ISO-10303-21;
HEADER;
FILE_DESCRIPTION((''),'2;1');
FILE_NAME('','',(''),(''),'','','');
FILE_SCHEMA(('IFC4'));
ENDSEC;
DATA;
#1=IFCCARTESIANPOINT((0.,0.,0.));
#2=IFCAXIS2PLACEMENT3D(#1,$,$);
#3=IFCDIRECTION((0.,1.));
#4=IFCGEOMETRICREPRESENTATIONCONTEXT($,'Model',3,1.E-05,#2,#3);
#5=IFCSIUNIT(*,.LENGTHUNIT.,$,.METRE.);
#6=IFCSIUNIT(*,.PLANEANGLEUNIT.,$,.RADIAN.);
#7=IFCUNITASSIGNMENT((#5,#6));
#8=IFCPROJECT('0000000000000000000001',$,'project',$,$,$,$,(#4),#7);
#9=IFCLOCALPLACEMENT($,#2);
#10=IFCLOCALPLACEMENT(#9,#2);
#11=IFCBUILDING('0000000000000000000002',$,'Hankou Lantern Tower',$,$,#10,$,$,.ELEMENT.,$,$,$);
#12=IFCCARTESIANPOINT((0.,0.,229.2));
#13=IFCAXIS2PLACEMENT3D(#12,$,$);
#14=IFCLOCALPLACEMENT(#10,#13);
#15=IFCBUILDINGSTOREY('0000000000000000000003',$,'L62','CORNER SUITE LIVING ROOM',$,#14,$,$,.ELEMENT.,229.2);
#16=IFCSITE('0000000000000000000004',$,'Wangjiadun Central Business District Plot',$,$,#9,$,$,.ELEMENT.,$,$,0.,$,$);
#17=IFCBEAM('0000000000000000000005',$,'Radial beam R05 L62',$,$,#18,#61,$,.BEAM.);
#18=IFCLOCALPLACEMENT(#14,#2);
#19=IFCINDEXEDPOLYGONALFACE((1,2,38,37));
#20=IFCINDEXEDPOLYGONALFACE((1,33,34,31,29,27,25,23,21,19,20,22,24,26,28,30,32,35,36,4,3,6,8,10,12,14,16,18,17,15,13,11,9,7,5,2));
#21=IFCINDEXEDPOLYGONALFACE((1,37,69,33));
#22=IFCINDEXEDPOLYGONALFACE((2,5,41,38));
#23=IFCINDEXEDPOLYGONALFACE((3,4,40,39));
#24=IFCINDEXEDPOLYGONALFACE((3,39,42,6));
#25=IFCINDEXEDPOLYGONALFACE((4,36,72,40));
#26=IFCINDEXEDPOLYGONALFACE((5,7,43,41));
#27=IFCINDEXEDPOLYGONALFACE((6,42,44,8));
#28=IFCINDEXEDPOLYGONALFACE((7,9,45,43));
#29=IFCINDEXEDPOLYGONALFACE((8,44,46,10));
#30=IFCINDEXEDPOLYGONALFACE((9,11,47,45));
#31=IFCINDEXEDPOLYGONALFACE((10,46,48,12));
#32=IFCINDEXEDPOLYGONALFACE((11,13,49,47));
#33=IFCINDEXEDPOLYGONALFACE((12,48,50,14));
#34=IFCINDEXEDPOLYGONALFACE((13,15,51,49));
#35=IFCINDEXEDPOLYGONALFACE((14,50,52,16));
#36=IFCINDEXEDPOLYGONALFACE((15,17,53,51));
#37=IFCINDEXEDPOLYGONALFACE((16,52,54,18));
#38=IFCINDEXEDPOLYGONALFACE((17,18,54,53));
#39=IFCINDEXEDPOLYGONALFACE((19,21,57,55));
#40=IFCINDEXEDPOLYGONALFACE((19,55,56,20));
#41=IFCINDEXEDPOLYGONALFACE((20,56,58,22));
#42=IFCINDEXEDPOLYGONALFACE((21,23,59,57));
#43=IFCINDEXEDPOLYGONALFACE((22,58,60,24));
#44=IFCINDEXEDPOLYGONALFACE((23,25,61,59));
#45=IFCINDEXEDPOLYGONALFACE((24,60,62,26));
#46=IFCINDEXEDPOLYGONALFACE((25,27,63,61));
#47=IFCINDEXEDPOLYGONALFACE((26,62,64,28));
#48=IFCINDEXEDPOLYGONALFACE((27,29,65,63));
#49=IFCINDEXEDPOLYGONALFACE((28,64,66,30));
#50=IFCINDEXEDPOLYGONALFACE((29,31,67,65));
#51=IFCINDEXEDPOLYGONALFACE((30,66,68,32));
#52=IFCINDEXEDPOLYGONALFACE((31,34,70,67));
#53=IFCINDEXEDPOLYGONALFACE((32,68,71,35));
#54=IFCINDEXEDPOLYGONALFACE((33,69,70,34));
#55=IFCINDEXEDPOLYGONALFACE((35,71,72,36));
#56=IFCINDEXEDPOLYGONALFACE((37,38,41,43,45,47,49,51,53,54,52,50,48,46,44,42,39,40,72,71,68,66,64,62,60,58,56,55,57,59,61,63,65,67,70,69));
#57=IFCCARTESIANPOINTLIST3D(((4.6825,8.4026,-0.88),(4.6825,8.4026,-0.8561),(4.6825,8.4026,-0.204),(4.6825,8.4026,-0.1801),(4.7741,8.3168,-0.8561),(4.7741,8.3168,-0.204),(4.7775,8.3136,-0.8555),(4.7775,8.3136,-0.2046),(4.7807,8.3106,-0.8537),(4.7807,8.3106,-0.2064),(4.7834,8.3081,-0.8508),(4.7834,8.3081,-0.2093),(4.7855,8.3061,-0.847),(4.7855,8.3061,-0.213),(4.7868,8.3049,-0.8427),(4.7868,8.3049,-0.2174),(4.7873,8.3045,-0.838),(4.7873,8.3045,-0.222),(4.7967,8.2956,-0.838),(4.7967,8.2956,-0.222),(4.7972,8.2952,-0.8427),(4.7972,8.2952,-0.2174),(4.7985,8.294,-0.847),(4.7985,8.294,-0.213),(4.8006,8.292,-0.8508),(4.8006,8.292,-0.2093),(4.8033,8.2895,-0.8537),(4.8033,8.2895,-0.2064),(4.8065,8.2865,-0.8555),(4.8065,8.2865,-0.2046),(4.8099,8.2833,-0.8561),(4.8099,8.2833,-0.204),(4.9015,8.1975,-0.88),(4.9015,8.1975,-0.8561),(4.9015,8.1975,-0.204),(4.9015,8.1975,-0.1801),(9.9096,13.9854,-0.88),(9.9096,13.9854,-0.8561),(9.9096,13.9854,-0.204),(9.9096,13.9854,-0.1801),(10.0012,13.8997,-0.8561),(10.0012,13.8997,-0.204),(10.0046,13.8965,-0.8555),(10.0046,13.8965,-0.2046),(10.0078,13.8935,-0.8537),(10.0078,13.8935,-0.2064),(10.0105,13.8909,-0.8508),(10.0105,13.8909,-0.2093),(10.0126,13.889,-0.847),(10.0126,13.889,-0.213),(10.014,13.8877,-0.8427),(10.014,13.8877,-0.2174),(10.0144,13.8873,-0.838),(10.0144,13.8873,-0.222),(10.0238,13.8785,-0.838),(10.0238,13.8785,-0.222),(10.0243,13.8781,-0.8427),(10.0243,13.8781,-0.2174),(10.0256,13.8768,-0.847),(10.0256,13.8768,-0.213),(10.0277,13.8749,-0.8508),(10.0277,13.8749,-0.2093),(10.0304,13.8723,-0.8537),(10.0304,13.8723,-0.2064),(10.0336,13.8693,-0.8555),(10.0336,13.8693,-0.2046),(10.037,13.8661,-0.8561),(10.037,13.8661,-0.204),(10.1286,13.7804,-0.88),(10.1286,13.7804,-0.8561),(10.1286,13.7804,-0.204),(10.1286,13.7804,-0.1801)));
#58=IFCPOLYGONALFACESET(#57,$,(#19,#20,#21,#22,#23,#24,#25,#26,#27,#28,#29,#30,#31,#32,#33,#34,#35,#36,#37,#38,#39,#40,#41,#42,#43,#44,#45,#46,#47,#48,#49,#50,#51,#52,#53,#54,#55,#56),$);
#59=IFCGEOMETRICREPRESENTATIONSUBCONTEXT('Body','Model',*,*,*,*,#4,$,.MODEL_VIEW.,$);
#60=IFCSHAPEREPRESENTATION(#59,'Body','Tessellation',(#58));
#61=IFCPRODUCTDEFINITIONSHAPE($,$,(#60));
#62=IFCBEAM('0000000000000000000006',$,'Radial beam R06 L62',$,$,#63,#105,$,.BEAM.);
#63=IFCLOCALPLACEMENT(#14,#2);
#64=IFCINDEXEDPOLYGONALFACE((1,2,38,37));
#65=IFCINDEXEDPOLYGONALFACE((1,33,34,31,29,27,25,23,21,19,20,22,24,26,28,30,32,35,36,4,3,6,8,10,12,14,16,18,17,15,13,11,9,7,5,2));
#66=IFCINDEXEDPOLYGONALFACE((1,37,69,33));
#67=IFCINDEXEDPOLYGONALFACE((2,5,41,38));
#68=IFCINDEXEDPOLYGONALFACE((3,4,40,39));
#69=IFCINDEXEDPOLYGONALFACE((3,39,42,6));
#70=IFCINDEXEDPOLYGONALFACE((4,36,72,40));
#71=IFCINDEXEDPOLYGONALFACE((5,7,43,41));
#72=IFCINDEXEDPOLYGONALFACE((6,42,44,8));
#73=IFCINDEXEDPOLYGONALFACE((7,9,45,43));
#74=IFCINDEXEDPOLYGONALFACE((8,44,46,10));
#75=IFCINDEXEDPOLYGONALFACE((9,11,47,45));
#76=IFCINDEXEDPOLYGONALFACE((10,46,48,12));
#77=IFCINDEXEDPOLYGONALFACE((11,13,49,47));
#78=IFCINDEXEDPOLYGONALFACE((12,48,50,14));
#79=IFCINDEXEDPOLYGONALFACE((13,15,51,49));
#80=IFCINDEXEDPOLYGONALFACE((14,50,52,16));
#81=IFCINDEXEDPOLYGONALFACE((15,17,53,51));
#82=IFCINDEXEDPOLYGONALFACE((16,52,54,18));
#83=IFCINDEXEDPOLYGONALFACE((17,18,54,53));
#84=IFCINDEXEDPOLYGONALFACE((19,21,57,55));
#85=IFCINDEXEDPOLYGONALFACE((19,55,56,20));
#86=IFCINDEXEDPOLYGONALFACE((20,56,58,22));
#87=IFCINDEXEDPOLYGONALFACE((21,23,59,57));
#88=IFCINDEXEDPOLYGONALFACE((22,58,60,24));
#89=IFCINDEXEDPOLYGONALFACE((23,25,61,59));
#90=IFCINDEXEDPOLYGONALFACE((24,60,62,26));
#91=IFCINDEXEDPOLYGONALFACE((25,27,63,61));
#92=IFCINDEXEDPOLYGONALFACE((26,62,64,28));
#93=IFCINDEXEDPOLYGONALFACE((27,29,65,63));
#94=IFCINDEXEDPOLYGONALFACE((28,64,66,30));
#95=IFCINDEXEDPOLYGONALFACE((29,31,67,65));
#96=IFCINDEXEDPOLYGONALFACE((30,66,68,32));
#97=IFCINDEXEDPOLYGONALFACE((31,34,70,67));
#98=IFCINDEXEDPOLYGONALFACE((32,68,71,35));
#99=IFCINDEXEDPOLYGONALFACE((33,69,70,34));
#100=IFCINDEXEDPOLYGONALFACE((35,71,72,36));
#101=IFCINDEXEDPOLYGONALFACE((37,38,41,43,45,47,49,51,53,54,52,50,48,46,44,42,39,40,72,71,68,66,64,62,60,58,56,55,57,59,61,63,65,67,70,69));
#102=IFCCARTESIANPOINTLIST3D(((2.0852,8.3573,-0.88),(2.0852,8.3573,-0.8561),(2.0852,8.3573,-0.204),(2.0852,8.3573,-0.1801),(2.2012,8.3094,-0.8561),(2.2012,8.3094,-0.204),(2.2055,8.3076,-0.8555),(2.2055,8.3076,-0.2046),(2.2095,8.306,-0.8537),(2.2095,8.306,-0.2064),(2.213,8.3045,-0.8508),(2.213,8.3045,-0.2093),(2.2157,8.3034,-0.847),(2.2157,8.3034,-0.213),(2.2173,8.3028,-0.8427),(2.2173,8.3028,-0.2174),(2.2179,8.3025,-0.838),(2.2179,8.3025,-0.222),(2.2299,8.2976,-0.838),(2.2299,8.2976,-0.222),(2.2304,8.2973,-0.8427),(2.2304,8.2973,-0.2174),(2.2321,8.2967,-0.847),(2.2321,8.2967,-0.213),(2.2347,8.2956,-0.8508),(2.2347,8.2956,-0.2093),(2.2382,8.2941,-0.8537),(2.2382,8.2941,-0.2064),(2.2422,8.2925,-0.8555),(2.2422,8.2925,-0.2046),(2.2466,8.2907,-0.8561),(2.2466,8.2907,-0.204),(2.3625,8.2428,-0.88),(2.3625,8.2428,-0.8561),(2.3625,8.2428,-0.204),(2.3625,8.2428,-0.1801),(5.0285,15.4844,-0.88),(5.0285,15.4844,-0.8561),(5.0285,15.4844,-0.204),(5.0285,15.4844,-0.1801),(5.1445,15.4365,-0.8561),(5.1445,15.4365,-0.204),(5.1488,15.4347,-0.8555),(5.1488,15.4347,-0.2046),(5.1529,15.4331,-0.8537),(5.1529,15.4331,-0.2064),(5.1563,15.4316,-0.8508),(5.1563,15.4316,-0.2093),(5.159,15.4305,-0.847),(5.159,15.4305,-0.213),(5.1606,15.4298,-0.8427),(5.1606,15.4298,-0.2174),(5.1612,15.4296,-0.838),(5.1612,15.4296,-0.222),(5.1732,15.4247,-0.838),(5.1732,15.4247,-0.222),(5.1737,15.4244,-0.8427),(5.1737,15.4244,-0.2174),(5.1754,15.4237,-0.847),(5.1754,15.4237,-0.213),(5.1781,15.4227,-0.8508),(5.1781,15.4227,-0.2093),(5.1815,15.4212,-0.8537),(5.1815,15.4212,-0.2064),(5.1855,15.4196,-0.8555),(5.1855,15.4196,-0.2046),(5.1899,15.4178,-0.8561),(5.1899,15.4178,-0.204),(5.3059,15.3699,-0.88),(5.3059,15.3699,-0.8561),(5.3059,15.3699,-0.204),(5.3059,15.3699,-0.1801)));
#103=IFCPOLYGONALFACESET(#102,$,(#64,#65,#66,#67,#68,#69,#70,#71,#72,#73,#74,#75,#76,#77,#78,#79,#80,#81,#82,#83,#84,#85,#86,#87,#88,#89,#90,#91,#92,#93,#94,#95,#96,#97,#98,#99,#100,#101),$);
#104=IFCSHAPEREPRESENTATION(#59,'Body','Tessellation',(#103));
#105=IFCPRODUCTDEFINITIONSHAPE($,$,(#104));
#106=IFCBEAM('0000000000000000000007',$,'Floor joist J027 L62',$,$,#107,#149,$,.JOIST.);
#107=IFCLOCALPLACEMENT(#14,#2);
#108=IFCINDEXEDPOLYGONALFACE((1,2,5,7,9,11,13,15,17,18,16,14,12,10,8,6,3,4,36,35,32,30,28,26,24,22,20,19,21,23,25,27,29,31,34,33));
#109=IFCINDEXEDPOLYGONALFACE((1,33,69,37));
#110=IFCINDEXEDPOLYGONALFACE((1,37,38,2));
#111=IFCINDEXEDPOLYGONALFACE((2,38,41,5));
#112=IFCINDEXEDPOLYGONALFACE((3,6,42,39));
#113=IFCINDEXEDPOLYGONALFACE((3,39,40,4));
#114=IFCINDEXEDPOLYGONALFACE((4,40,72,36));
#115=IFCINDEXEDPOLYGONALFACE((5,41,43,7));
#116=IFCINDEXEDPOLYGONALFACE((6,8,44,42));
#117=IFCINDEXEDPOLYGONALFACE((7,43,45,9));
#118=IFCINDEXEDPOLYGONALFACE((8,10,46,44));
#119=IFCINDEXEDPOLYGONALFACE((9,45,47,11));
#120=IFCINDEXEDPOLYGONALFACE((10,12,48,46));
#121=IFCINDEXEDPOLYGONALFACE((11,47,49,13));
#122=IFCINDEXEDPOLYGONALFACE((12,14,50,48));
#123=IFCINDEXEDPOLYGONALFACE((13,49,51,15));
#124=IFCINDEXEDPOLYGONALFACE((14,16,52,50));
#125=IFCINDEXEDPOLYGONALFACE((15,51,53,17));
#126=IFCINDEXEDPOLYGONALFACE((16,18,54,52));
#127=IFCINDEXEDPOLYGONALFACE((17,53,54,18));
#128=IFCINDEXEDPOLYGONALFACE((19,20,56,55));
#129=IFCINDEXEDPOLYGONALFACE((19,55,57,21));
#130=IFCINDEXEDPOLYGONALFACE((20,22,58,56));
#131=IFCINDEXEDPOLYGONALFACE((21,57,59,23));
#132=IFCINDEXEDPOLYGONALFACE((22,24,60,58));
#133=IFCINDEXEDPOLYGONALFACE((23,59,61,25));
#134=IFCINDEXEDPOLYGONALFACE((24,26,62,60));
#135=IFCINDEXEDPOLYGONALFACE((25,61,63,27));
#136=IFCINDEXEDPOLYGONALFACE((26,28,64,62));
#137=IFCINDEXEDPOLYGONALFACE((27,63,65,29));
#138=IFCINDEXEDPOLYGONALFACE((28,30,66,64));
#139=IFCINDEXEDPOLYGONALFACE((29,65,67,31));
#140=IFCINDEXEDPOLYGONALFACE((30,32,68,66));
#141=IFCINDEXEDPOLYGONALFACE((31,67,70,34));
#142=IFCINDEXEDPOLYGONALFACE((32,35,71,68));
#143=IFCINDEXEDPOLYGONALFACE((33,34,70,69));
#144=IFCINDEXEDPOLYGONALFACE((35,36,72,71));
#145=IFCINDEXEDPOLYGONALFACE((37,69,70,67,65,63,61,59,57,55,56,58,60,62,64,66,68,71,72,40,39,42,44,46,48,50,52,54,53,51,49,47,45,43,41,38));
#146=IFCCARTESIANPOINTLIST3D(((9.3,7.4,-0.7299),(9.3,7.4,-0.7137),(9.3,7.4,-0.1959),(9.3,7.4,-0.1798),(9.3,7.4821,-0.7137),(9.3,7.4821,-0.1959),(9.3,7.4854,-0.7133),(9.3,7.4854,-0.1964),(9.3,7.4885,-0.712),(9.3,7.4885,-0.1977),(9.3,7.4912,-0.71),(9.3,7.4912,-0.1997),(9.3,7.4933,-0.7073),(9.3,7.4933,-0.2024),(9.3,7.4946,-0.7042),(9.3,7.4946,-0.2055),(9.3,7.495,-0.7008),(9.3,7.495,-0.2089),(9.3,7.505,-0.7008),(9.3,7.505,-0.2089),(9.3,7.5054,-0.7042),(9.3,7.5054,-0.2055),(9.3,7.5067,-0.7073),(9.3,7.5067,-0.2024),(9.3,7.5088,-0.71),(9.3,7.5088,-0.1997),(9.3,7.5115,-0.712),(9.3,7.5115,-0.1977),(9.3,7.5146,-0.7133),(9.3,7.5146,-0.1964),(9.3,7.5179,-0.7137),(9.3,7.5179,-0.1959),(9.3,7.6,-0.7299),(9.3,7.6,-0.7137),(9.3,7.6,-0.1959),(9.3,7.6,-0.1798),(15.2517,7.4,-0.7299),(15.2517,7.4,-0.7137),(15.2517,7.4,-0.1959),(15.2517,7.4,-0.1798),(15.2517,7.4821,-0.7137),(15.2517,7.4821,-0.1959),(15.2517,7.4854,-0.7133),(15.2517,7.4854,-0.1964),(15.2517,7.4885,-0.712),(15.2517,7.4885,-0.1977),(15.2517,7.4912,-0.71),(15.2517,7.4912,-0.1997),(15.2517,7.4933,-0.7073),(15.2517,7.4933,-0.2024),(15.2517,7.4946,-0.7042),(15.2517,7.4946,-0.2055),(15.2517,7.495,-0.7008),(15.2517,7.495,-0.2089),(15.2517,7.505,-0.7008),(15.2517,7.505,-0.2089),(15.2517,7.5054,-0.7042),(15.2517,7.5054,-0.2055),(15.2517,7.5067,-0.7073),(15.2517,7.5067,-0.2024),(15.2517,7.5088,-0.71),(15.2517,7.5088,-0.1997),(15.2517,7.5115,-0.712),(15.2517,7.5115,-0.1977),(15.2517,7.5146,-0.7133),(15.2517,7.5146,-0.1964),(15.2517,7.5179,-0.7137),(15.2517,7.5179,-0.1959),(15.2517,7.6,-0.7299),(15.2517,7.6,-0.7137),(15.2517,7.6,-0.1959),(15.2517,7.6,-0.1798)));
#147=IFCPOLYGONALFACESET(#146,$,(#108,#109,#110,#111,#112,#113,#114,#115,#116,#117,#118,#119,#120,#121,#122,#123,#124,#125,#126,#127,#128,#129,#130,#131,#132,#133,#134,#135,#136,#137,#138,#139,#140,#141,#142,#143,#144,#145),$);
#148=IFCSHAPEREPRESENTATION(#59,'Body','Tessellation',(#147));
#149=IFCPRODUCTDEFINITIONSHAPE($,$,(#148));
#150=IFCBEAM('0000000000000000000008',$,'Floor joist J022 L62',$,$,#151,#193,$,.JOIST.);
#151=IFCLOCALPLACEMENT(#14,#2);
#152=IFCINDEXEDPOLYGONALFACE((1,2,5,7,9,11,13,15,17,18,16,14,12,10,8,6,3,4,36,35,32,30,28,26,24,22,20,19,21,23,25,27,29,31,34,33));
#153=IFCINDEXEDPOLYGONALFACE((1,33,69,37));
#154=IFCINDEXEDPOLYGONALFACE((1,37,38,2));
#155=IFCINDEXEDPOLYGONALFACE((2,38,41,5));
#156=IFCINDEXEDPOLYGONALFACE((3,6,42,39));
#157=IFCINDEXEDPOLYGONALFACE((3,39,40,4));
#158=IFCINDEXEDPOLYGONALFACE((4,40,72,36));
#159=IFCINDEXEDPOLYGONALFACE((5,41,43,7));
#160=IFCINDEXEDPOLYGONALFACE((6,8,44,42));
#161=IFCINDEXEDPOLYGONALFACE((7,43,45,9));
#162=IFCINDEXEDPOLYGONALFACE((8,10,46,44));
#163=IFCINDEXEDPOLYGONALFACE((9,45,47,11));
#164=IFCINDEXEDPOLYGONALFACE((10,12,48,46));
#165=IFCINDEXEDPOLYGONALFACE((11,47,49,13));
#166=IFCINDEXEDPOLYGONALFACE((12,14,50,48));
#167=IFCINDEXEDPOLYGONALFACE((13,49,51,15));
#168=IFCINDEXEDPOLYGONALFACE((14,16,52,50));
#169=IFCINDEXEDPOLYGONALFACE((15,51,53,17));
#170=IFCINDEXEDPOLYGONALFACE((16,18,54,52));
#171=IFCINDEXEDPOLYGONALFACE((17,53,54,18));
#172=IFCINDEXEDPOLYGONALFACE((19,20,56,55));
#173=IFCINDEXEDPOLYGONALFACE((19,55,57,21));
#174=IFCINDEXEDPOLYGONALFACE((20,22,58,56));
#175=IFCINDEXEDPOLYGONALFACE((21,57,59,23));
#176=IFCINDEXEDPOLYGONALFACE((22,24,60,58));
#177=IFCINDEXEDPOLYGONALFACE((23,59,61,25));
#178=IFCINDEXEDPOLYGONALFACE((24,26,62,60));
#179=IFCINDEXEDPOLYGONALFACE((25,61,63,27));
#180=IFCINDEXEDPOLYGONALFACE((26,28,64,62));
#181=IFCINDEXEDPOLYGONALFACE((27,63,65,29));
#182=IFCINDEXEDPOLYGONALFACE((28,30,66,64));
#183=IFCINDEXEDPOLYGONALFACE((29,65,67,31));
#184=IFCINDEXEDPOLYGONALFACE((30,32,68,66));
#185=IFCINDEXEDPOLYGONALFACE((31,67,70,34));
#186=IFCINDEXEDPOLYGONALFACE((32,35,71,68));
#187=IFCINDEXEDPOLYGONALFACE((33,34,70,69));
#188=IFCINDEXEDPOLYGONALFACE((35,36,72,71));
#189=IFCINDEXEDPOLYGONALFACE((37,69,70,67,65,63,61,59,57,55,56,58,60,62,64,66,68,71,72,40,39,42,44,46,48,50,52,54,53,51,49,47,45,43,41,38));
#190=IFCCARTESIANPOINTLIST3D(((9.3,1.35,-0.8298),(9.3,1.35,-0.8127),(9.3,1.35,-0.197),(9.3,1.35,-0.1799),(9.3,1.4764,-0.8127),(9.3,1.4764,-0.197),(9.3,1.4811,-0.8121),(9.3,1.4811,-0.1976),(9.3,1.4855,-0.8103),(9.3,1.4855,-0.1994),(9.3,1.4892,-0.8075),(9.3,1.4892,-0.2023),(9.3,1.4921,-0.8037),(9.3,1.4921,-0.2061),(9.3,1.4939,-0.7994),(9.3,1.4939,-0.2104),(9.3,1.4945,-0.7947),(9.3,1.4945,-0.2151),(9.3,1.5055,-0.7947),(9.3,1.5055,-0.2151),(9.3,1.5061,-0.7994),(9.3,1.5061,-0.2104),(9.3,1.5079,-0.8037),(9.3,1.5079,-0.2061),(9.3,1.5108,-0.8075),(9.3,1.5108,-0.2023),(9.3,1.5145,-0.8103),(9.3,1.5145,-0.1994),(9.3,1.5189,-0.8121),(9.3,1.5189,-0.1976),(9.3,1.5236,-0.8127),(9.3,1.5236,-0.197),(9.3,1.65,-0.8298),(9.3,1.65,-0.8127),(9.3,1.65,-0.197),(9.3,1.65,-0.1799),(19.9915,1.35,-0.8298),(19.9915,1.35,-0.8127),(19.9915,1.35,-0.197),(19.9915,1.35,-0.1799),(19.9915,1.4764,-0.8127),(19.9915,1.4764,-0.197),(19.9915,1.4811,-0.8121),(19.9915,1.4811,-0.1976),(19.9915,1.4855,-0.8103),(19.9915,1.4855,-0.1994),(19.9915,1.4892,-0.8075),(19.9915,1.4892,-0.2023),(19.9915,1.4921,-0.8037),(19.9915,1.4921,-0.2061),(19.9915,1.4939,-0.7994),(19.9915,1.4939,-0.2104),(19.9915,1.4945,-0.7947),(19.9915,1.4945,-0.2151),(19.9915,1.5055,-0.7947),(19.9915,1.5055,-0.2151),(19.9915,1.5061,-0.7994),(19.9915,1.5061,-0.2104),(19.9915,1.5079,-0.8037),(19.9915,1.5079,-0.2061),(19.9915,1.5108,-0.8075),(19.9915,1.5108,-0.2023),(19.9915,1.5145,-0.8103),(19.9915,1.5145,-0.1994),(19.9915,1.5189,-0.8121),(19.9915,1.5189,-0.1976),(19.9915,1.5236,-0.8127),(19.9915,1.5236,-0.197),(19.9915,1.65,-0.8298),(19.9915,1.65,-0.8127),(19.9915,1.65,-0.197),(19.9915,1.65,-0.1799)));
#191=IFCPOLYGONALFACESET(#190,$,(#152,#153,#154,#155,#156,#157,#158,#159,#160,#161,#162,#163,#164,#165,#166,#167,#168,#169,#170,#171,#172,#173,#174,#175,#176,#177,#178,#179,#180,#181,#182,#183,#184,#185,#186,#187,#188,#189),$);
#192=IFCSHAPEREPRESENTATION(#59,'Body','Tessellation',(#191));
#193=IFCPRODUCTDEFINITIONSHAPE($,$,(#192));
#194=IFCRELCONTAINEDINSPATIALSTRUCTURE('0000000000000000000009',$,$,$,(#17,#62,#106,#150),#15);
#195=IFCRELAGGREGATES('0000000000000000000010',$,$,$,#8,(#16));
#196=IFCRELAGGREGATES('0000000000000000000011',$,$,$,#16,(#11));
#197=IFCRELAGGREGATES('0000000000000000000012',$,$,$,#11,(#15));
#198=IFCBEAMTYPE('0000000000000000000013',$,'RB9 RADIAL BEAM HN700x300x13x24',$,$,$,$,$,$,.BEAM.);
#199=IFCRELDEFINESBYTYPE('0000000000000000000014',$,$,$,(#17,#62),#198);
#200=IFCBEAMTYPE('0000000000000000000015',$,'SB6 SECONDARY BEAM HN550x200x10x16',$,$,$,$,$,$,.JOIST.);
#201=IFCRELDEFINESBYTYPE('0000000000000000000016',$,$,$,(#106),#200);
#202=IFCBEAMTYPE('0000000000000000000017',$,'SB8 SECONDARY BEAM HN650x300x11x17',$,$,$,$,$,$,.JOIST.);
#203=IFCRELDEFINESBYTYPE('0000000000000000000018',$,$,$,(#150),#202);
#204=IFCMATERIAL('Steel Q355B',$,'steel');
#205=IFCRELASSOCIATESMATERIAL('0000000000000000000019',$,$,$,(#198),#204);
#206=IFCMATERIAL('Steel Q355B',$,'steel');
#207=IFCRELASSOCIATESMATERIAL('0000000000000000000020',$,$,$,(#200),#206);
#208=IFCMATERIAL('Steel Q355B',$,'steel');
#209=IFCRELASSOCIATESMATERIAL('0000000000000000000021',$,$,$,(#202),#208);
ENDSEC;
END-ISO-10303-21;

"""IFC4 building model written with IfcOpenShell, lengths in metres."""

from ifc_helpers import new_model, si_unit, direction, frame, origin, origin_2d, place, context, subcontext, project, spatial, i_section, extrude, material, material_profile, profile_set, type_object, element, save


model = new_model("IFC4")

# Units and contexts
model_context = context("Model", 3, precision=1e-05, world=origin(), true_north=direction((0.0, 1.0)))
body_context = subcontext(model_context, "Body", "Model", "MODEL_VIEW")
ifc_project = project(units=[si_unit("LENGTHUNIT", "METRE"), si_unit("PLANEANGLEUNIT", "RADIAN")], contexts=[model_context])

# Site, building, storey
site_placement = place(None, origin())
site = spatial("IfcSite", under=ifc_project, at=site_placement, Name="Wangjiadun Central Business District Plot", CompositionType="ELEMENT", RefElevation=0.0)
building_placement = place(site_placement, origin())
building = spatial("IfcBuilding", under=site, at=building_placement, Name="Hankou Lantern Tower", CompositionType="ELEMENT")
storey_placement = place(building_placement, frame((0.0, 0.0, 229.2)))
storey = spatial("IfcBuildingStorey", under=building, at=storey_placement, Name="L62", Description="CORNER SUITE LIVING ROOM", CompositionType="ELEMENT", Elevation=229.2)

# Beams
ifc_material_1 = material(Name="Steel Q355B", Category="steel")
ifc_material_profile_1 = material_profile(ifc_material_1, i_section(OverallWidth=0.3, OverallDepth=0.7, WebThickness=0.0129, FlangeThickness=0.0239, FilletRadius=0.0181, at=origin_2d()), Name="HN700x300x13x24")
ifc_profile_set_1 = profile_set([ifc_material_profile_1], Name="Steel Q355B")
beam_type_1 = type_object("IfcBeamType", Name="RB9 RADIAL BEAM HN700x300x13x24", PredefinedType="BEAM", material=ifc_profile_set_1)
beam_1_placement = place(storey_placement, frame((4.792, 8.3, -0.53), z_axis=(0.683468, 0.72998, 0.0), x_axis=(-0.72998, 0.683468, 0.0)))
element("IfcBeam", 1, at=beam_1_placement, inside=storey, type_object=beam_type_1, Name="Radial beam R05 L62", PredefinedType="BEAM", context=body_context, shape_type="SweptSolid", body=[
    extrude(i_section(OverallWidth=0.3, OverallDepth=0.7, WebThickness=0.0129, FlangeThickness=0.0239, FilletRadius=0.0181, at=origin_2d()), origin(), (0.0, 0.0, 1.0), 7.6479),
])
beam_2_placement = place(storey_placement, frame((2.2239, 8.3, -0.53), z_axis=(0.381707, 0.924284, 0.0), x_axis=(-0.924284, 0.381707, 0.0)))
element("IfcBeam", 2, at=beam_2_placement, inside=storey, type_object=beam_type_1, Name="Radial beam R06 L62", PredefinedType="BEAM", context=body_context, shape_type="SweptSolid", body=[
    extrude(i_section(OverallWidth=0.3, OverallDepth=0.7, WebThickness=0.0129, FlangeThickness=0.0239, FilletRadius=0.0181, at=origin_2d()), origin(), (0.0, 0.0, 1.0), 7.7109),
])
ifc_material_2 = material(Name="Steel Q355B", Category="steel")
ifc_material_profile_2 = material_profile(ifc_material_2, i_section(OverallWidth=0.2, OverallDepth=0.55, WebThickness=0.01, FlangeThickness=0.0161, FilletRadius=0.0129, at=origin_2d()), Name="HN550x200x10x16")
ifc_profile_set_2 = profile_set([ifc_material_profile_2], Name="Steel Q355B")
beam_type_2 = type_object("IfcBeamType", Name="SB6 SECONDARY BEAM HN550x200x10x16", PredefinedType="JOIST", material=ifc_profile_set_2)
beam_3_placement = place(storey_placement, frame((9.3, 7.5, -0.4548), z_axis=(1.0, 0.0, 0.0), x_axis=(0.0, 1.0, 0.0)))
element("IfcBeam", 3, at=beam_3_placement, inside=storey, type_object=beam_type_2, Name="Floor joist J027 L62", PredefinedType="JOIST", context=body_context, shape_type="SweptSolid", body=[
    extrude(i_section(OverallWidth=0.2, OverallDepth=0.55, WebThickness=0.01, FlangeThickness=0.0161, FilletRadius=0.0129, at=origin_2d()), origin(), (0.0, 0.0, 1.0), 5.9517),
])
ifc_material_3 = material(Name="Steel Q355B", Category="steel")
ifc_material_profile_3 = material_profile(ifc_material_3, i_section(OverallWidth=0.3, OverallDepth=0.6499, WebThickness=0.011, FlangeThickness=0.0171, FilletRadius=0.0181, at=origin_2d()), Name="HN650x300x11x17")
ifc_profile_set_3 = profile_set([ifc_material_profile_3], Name="Steel Q355B")
beam_type_3 = type_object("IfcBeamType", Name="SB8 SECONDARY BEAM HN650x300x11x17", PredefinedType="JOIST", material=ifc_profile_set_3)
beam_4_placement = place(storey_placement, frame((9.3, 1.5, -0.5049), z_axis=(1.0, 0.0, 0.0), x_axis=(0.0, 1.0, 0.0)))
element("IfcBeam", 4, at=beam_4_placement, inside=storey, type_object=beam_type_3, Name="Floor joist J022 L62", PredefinedType="JOIST", context=body_context, shape_type="SweptSolid", body=[
    extrude(i_section(OverallWidth=0.3, OverallDepth=0.6499, WebThickness=0.011, FlangeThickness=0.0171, FilletRadius=0.0181, at=origin_2d()), origin(), (0.0, 0.0, 1.0), 10.6914),
])

save(model, "model.ifc")
